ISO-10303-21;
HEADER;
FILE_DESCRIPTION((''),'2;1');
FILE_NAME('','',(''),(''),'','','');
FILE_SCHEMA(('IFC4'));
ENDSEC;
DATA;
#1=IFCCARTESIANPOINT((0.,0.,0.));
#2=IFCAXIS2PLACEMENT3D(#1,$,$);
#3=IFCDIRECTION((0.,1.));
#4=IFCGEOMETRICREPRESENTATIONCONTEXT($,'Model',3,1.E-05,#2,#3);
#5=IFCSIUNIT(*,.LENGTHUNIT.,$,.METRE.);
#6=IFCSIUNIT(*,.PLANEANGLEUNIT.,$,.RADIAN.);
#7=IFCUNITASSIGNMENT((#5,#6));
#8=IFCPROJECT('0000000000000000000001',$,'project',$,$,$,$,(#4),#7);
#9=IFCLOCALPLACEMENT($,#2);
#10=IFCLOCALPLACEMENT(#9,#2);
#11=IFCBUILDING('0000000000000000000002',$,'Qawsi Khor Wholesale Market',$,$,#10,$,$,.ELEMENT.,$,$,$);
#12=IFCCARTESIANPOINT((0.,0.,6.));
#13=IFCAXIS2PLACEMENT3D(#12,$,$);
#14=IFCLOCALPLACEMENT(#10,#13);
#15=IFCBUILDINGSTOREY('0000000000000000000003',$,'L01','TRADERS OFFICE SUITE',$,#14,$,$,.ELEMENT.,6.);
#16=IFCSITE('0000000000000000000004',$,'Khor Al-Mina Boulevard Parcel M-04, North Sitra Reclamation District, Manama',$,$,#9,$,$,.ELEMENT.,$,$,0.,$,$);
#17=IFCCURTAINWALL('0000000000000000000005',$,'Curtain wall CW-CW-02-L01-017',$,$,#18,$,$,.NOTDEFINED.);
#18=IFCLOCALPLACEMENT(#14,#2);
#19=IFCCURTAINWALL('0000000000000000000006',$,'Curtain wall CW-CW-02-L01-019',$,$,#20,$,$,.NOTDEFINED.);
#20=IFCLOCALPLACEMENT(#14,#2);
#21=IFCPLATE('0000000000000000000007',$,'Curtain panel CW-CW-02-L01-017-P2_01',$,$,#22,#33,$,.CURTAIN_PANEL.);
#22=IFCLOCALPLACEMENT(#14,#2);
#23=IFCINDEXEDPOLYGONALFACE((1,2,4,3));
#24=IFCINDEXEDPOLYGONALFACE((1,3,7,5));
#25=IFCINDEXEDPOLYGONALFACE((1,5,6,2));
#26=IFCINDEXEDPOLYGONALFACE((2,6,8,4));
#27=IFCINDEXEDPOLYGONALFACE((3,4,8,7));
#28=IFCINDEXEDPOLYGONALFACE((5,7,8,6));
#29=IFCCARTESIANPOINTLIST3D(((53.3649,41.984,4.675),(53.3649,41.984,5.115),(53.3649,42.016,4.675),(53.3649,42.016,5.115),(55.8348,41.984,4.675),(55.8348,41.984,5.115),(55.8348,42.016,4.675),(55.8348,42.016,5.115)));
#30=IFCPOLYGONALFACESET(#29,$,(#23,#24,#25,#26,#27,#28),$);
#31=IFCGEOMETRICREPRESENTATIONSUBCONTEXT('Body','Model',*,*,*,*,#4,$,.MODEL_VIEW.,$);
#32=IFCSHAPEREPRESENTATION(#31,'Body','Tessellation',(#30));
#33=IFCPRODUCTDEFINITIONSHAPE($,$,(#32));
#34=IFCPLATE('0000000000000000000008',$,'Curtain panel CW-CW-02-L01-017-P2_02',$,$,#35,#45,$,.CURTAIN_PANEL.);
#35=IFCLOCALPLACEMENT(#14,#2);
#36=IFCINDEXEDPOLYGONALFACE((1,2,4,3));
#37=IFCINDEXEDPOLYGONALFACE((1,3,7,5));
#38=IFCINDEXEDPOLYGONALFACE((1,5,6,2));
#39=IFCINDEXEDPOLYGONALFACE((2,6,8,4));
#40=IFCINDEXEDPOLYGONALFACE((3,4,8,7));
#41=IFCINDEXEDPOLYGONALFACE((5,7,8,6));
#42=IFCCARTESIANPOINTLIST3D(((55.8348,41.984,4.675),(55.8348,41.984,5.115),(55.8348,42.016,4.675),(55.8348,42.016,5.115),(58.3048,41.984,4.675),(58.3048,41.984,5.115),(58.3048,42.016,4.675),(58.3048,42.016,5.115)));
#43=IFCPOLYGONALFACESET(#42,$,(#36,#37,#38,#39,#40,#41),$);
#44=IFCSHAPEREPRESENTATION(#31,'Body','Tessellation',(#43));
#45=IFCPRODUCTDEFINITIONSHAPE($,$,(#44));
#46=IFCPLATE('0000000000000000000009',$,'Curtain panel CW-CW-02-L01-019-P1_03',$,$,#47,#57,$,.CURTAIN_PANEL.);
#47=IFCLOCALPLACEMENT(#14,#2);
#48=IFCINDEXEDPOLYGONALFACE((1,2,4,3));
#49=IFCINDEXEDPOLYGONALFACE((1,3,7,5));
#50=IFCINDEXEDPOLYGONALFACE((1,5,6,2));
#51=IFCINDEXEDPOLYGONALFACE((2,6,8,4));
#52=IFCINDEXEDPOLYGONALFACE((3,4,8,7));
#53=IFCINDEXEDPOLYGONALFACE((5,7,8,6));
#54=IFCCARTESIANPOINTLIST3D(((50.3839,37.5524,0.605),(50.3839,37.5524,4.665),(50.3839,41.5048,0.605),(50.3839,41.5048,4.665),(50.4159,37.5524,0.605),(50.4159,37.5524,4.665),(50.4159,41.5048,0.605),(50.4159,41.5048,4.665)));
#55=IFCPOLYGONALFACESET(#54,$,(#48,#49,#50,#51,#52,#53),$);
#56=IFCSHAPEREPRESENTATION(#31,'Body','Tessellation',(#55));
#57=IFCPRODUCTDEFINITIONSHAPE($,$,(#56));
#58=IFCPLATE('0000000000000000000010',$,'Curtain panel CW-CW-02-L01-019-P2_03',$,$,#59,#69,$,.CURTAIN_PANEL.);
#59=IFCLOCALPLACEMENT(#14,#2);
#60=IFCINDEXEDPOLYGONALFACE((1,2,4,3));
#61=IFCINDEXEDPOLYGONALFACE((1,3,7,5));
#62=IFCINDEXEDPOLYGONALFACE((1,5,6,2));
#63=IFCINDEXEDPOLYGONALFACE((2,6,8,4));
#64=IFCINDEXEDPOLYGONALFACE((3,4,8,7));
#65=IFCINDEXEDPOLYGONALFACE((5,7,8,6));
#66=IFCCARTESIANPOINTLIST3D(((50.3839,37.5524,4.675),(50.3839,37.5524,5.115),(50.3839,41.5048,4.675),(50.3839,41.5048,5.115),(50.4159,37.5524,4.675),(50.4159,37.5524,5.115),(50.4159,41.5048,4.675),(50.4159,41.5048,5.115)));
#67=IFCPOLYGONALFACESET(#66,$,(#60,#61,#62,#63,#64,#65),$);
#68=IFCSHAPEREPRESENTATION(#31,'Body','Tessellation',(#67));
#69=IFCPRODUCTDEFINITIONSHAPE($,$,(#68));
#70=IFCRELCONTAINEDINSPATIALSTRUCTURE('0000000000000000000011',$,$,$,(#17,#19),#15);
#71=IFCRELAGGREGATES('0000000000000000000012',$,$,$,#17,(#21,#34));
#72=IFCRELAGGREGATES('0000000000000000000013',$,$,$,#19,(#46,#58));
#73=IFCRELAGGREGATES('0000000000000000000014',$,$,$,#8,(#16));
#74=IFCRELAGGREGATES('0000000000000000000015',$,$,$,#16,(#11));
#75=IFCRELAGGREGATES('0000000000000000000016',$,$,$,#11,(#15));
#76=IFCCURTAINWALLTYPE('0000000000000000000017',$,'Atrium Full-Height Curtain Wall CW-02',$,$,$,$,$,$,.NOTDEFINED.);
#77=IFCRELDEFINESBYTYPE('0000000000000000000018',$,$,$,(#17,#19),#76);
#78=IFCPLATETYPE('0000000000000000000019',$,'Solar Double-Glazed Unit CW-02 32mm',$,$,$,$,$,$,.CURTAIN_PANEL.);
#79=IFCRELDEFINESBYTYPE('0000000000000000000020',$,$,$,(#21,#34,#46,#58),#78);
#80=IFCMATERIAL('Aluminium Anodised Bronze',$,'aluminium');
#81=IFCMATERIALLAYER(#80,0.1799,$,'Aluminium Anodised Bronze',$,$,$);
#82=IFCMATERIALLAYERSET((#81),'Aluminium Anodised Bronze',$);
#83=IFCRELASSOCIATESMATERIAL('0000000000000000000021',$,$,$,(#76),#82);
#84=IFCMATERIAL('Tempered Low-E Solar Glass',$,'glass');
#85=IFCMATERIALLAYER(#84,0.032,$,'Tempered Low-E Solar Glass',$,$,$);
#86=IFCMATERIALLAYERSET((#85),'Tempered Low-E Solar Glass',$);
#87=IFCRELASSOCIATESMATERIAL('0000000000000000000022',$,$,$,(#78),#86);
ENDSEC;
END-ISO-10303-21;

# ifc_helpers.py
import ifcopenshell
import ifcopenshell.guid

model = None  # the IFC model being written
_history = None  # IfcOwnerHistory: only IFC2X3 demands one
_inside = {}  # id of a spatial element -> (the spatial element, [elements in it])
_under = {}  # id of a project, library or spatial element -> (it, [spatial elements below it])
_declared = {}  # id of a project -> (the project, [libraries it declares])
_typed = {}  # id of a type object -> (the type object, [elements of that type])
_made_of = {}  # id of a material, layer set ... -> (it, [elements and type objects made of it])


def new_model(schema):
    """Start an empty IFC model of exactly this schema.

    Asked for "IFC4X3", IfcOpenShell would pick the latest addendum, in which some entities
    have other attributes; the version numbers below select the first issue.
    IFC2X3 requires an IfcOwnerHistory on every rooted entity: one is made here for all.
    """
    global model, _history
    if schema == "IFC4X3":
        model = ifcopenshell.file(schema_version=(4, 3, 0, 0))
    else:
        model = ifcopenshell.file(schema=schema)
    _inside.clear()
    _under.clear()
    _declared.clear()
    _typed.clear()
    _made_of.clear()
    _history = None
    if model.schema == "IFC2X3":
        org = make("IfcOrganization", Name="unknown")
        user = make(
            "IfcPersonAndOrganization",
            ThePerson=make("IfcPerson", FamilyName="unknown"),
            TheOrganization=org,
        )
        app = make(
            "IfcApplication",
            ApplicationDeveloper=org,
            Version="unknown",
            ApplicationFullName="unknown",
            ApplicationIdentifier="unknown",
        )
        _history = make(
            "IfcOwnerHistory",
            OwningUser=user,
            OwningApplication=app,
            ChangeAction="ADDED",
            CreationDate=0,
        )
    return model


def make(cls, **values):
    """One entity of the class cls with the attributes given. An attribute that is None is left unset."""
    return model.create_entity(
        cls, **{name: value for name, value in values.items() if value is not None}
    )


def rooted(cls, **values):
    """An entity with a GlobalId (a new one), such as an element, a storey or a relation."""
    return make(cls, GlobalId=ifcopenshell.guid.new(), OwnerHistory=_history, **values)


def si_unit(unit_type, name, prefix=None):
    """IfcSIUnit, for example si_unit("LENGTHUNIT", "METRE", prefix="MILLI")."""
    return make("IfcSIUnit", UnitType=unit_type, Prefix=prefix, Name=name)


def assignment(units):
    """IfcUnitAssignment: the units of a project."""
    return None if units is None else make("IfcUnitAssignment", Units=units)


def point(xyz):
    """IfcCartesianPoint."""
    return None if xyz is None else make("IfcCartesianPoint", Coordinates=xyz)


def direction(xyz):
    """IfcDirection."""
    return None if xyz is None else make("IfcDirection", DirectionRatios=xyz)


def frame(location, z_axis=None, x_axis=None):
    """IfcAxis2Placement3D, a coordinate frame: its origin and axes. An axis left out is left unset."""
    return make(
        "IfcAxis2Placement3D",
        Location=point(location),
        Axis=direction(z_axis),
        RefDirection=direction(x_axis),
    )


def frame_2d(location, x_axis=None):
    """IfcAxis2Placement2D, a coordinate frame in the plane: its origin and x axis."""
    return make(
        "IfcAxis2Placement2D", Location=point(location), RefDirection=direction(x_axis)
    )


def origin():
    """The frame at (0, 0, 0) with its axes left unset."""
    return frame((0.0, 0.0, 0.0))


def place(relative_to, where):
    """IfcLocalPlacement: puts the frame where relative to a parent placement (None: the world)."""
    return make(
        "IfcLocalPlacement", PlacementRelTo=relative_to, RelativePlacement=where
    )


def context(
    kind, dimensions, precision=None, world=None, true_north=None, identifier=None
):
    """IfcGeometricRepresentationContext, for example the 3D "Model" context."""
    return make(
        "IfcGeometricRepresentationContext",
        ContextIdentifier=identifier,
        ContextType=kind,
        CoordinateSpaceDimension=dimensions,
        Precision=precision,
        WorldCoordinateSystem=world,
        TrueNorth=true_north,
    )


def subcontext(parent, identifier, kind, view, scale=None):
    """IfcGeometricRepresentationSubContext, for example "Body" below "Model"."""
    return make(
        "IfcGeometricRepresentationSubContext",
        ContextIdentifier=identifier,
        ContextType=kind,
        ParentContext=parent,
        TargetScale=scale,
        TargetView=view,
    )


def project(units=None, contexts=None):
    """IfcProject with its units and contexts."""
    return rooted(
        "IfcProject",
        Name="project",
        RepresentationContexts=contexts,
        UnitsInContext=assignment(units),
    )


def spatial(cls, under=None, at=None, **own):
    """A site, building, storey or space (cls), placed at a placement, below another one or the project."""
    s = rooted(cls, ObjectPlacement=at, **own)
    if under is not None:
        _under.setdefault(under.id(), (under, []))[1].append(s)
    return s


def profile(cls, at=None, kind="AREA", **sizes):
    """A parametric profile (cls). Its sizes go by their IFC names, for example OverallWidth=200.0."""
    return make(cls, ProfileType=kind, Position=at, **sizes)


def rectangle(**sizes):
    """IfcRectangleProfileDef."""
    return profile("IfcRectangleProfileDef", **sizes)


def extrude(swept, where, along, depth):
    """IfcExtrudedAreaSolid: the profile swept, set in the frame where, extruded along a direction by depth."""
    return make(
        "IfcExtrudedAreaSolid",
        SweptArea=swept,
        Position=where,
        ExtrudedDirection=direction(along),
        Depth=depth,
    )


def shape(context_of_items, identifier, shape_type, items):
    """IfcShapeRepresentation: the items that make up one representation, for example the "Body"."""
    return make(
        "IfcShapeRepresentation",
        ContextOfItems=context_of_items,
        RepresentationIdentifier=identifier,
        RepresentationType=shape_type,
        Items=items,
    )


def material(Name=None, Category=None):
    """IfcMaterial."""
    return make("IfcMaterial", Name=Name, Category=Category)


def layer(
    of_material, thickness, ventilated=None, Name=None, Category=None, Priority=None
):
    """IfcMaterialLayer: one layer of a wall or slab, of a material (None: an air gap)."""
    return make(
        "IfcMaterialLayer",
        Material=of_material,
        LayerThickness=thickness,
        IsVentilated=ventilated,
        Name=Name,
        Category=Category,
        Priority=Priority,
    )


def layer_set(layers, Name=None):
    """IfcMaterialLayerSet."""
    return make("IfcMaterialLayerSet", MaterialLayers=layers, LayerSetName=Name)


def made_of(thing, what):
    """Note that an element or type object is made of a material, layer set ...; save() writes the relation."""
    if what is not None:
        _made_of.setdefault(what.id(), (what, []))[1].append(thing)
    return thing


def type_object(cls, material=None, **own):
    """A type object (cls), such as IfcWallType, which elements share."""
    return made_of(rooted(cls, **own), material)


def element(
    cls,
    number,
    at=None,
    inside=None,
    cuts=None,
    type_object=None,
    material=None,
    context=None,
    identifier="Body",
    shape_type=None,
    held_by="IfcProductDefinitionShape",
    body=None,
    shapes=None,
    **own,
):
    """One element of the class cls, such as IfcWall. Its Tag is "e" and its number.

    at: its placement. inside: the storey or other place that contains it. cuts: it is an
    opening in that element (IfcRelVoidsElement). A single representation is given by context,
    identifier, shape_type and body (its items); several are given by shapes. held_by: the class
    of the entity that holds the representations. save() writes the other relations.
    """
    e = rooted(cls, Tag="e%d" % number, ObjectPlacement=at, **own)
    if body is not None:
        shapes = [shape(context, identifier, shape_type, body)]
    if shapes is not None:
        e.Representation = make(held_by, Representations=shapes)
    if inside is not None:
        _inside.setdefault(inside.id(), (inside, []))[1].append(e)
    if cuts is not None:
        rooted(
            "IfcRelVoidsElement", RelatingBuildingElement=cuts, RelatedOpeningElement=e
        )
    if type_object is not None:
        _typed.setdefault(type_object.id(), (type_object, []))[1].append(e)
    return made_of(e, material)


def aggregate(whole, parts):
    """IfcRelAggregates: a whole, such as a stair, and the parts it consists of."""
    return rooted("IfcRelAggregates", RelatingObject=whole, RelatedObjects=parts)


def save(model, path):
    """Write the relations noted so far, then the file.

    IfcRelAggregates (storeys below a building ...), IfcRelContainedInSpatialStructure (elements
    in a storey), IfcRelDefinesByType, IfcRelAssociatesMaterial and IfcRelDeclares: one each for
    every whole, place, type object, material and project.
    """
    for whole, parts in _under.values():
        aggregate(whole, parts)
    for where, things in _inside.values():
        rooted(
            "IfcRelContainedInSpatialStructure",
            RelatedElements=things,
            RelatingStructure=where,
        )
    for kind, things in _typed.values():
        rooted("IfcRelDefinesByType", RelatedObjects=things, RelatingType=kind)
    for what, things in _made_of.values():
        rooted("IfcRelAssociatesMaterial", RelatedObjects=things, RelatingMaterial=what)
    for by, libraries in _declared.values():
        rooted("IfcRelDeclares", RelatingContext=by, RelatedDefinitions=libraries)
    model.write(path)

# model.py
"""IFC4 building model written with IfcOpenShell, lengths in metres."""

from ifc_helpers import new_model, si_unit, direction, frame, frame_2d, origin, place, context, subcontext, project, spatial, rectangle, extrude, material, layer, layer_set, type_object, element, aggregate, save


model = new_model("IFC4")

# Units and contexts
model_context = context("Model", 3, precision=1e-05, world=origin(), true_north=direction((0.0, 1.0)))
body_context = subcontext(model_context, "Body", "Model", "MODEL_VIEW")
ifc_project = project(units=[si_unit("LENGTHUNIT", "METRE"), si_unit("PLANEANGLEUNIT", "RADIAN")], contexts=[model_context])

# Site, building, storey
site_placement = place(None, origin())
site = spatial("IfcSite", under=ifc_project, at=site_placement, Name="Khor Al-Mina Boulevard Parcel M-04, North Sitra Reclamation District, Manama", CompositionType="ELEMENT", RefElevation=0.0)
building_placement = place(site_placement, origin())
building = spatial("IfcBuilding", under=site, at=building_placement, Name="Qawsi Khor Wholesale Market", CompositionType="ELEMENT")
storey_placement = place(building_placement, frame((0.0, 0.0, 6.0)))
storey = spatial("IfcBuildingStorey", under=building, at=storey_placement, Name="L01", Description="TRADERS OFFICE SUITE", CompositionType="ELEMENT", Elevation=6.0)

# Curtain wall
ifc_material_1 = material(Name="Aluminium Anodised Bronze", Category="aluminium")
ifc_layer_1 = layer(ifc_material_1, 0.1799, Name="Aluminium Anodised Bronze")
ifc_layer_set_1 = layer_set([ifc_layer_1], Name="Aluminium Anodised Bronze")
curtain_wall_type = type_object("IfcCurtainWallType", Name="Atrium Full-Height Curtain Wall CW-02", PredefinedType="NOTDEFINED", material=ifc_layer_set_1)
curtain_wall_1_placement = place(storey_placement, origin())
curtain_wall_1 = element("IfcCurtainWall", 1, at=curtain_wall_1_placement, inside=storey, type_object=curtain_wall_type, Name="Curtain wall CW-CW-02-L01-017", PredefinedType="NOTDEFINED")

# Curtain wall
curtain_wall_2_placement = place(storey_placement, origin())
curtain_wall_2 = element("IfcCurtainWall", 2, at=curtain_wall_2_placement, inside=storey, type_object=curtain_wall_type, Name="Curtain wall CW-CW-02-L01-019", PredefinedType="NOTDEFINED")

# Plates
ifc_material_2 = material(Name="Tempered Low-E Solar Glass", Category="glass")
ifc_layer_2 = layer(ifc_material_2, 0.032, Name="Tempered Low-E Solar Glass")
ifc_layer_set_2 = layer_set([ifc_layer_2], Name="Tempered Low-E Solar Glass")
plate_type_1 = type_object("IfcPlateType", Name="Solar Double-Glazed Unit CW-02 32mm", PredefinedType="CURTAIN_PANEL", material=ifc_layer_set_2)
plate_1_placement = place(storey_placement, frame((53.365, 42.0, 4.675), z_axis=(0.0, 0.0, 1.0), x_axis=(1.0, 0.0, 0.0)))
plate_1 = element("IfcPlate", 3, at=plate_1_placement, type_object=plate_type_1, Name="Curtain panel CW-CW-02-L01-017-P2_01", PredefinedType="CURTAIN_PANEL", context=body_context, shape_type="SweptSolid", body=[
    extrude(rectangle(XDim=2.47, YDim=0.032, at=frame_2d((1.2349, 0.0))), origin(), (0.0, 0.0, 1.0), 0.4399),
])
plate_2_placement = place(storey_placement, frame((55.835, 42.0, 4.675), z_axis=(0.0, 0.0, 1.0), x_axis=(1.0, 0.0, 0.0)))
plate_2 = element("IfcPlate", 4, at=plate_2_placement, type_object=plate_type_1, Name="Curtain panel CW-CW-02-L01-017-P2_02", PredefinedType="CURTAIN_PANEL", context=body_context, shape_type="SweptSolid", body=[
    extrude(rectangle(XDim=2.47, YDim=0.032, at=frame_2d((1.2349, 0.0))), origin(), (0.0, 0.0, 1.0), 0.4399),
])
aggregate(curtain_wall_1, [plate_1, plate_2])
plate_3_placement = place(storey_placement, frame((50.3999, 37.5525, 0.605), z_axis=(0.0, 0.0, 1.0), x_axis=(0.0, 1.0, 0.0)))
plate_3 = element("IfcPlate", 5, at=plate_3_placement, type_object=plate_type_1, Name="Curtain panel CW-CW-02-L01-019-P1_03", PredefinedType="CURTAIN_PANEL", context=body_context, shape_type="SweptSolid", body=[
    extrude(rectangle(XDim=3.9524, YDim=0.032, at=frame_2d((1.9761, 0.0))), origin(), (0.0, 0.0, 1.0), 4.0601),
])
plate_4_placement = place(storey_placement, frame((50.3999, 37.5525, 4.675), z_axis=(0.0, 0.0, 1.0), x_axis=(0.0, 1.0, 0.0)))
plate_4 = element("IfcPlate", 6, at=plate_4_placement, type_object=plate_type_1, Name="Curtain panel CW-CW-02-L01-019-P2_03", PredefinedType="CURTAIN_PANEL", context=body_context, shape_type="SweptSolid", body=[
    extrude(rectangle(XDim=3.9524, YDim=0.032, at=frame_2d((1.9761, 0.0))), origin(), (0.0, 0.0, 1.0), 0.4399),
])
aggregate(curtain_wall_2, [plate_3, plate_4])

save(model, "model.ifc")
